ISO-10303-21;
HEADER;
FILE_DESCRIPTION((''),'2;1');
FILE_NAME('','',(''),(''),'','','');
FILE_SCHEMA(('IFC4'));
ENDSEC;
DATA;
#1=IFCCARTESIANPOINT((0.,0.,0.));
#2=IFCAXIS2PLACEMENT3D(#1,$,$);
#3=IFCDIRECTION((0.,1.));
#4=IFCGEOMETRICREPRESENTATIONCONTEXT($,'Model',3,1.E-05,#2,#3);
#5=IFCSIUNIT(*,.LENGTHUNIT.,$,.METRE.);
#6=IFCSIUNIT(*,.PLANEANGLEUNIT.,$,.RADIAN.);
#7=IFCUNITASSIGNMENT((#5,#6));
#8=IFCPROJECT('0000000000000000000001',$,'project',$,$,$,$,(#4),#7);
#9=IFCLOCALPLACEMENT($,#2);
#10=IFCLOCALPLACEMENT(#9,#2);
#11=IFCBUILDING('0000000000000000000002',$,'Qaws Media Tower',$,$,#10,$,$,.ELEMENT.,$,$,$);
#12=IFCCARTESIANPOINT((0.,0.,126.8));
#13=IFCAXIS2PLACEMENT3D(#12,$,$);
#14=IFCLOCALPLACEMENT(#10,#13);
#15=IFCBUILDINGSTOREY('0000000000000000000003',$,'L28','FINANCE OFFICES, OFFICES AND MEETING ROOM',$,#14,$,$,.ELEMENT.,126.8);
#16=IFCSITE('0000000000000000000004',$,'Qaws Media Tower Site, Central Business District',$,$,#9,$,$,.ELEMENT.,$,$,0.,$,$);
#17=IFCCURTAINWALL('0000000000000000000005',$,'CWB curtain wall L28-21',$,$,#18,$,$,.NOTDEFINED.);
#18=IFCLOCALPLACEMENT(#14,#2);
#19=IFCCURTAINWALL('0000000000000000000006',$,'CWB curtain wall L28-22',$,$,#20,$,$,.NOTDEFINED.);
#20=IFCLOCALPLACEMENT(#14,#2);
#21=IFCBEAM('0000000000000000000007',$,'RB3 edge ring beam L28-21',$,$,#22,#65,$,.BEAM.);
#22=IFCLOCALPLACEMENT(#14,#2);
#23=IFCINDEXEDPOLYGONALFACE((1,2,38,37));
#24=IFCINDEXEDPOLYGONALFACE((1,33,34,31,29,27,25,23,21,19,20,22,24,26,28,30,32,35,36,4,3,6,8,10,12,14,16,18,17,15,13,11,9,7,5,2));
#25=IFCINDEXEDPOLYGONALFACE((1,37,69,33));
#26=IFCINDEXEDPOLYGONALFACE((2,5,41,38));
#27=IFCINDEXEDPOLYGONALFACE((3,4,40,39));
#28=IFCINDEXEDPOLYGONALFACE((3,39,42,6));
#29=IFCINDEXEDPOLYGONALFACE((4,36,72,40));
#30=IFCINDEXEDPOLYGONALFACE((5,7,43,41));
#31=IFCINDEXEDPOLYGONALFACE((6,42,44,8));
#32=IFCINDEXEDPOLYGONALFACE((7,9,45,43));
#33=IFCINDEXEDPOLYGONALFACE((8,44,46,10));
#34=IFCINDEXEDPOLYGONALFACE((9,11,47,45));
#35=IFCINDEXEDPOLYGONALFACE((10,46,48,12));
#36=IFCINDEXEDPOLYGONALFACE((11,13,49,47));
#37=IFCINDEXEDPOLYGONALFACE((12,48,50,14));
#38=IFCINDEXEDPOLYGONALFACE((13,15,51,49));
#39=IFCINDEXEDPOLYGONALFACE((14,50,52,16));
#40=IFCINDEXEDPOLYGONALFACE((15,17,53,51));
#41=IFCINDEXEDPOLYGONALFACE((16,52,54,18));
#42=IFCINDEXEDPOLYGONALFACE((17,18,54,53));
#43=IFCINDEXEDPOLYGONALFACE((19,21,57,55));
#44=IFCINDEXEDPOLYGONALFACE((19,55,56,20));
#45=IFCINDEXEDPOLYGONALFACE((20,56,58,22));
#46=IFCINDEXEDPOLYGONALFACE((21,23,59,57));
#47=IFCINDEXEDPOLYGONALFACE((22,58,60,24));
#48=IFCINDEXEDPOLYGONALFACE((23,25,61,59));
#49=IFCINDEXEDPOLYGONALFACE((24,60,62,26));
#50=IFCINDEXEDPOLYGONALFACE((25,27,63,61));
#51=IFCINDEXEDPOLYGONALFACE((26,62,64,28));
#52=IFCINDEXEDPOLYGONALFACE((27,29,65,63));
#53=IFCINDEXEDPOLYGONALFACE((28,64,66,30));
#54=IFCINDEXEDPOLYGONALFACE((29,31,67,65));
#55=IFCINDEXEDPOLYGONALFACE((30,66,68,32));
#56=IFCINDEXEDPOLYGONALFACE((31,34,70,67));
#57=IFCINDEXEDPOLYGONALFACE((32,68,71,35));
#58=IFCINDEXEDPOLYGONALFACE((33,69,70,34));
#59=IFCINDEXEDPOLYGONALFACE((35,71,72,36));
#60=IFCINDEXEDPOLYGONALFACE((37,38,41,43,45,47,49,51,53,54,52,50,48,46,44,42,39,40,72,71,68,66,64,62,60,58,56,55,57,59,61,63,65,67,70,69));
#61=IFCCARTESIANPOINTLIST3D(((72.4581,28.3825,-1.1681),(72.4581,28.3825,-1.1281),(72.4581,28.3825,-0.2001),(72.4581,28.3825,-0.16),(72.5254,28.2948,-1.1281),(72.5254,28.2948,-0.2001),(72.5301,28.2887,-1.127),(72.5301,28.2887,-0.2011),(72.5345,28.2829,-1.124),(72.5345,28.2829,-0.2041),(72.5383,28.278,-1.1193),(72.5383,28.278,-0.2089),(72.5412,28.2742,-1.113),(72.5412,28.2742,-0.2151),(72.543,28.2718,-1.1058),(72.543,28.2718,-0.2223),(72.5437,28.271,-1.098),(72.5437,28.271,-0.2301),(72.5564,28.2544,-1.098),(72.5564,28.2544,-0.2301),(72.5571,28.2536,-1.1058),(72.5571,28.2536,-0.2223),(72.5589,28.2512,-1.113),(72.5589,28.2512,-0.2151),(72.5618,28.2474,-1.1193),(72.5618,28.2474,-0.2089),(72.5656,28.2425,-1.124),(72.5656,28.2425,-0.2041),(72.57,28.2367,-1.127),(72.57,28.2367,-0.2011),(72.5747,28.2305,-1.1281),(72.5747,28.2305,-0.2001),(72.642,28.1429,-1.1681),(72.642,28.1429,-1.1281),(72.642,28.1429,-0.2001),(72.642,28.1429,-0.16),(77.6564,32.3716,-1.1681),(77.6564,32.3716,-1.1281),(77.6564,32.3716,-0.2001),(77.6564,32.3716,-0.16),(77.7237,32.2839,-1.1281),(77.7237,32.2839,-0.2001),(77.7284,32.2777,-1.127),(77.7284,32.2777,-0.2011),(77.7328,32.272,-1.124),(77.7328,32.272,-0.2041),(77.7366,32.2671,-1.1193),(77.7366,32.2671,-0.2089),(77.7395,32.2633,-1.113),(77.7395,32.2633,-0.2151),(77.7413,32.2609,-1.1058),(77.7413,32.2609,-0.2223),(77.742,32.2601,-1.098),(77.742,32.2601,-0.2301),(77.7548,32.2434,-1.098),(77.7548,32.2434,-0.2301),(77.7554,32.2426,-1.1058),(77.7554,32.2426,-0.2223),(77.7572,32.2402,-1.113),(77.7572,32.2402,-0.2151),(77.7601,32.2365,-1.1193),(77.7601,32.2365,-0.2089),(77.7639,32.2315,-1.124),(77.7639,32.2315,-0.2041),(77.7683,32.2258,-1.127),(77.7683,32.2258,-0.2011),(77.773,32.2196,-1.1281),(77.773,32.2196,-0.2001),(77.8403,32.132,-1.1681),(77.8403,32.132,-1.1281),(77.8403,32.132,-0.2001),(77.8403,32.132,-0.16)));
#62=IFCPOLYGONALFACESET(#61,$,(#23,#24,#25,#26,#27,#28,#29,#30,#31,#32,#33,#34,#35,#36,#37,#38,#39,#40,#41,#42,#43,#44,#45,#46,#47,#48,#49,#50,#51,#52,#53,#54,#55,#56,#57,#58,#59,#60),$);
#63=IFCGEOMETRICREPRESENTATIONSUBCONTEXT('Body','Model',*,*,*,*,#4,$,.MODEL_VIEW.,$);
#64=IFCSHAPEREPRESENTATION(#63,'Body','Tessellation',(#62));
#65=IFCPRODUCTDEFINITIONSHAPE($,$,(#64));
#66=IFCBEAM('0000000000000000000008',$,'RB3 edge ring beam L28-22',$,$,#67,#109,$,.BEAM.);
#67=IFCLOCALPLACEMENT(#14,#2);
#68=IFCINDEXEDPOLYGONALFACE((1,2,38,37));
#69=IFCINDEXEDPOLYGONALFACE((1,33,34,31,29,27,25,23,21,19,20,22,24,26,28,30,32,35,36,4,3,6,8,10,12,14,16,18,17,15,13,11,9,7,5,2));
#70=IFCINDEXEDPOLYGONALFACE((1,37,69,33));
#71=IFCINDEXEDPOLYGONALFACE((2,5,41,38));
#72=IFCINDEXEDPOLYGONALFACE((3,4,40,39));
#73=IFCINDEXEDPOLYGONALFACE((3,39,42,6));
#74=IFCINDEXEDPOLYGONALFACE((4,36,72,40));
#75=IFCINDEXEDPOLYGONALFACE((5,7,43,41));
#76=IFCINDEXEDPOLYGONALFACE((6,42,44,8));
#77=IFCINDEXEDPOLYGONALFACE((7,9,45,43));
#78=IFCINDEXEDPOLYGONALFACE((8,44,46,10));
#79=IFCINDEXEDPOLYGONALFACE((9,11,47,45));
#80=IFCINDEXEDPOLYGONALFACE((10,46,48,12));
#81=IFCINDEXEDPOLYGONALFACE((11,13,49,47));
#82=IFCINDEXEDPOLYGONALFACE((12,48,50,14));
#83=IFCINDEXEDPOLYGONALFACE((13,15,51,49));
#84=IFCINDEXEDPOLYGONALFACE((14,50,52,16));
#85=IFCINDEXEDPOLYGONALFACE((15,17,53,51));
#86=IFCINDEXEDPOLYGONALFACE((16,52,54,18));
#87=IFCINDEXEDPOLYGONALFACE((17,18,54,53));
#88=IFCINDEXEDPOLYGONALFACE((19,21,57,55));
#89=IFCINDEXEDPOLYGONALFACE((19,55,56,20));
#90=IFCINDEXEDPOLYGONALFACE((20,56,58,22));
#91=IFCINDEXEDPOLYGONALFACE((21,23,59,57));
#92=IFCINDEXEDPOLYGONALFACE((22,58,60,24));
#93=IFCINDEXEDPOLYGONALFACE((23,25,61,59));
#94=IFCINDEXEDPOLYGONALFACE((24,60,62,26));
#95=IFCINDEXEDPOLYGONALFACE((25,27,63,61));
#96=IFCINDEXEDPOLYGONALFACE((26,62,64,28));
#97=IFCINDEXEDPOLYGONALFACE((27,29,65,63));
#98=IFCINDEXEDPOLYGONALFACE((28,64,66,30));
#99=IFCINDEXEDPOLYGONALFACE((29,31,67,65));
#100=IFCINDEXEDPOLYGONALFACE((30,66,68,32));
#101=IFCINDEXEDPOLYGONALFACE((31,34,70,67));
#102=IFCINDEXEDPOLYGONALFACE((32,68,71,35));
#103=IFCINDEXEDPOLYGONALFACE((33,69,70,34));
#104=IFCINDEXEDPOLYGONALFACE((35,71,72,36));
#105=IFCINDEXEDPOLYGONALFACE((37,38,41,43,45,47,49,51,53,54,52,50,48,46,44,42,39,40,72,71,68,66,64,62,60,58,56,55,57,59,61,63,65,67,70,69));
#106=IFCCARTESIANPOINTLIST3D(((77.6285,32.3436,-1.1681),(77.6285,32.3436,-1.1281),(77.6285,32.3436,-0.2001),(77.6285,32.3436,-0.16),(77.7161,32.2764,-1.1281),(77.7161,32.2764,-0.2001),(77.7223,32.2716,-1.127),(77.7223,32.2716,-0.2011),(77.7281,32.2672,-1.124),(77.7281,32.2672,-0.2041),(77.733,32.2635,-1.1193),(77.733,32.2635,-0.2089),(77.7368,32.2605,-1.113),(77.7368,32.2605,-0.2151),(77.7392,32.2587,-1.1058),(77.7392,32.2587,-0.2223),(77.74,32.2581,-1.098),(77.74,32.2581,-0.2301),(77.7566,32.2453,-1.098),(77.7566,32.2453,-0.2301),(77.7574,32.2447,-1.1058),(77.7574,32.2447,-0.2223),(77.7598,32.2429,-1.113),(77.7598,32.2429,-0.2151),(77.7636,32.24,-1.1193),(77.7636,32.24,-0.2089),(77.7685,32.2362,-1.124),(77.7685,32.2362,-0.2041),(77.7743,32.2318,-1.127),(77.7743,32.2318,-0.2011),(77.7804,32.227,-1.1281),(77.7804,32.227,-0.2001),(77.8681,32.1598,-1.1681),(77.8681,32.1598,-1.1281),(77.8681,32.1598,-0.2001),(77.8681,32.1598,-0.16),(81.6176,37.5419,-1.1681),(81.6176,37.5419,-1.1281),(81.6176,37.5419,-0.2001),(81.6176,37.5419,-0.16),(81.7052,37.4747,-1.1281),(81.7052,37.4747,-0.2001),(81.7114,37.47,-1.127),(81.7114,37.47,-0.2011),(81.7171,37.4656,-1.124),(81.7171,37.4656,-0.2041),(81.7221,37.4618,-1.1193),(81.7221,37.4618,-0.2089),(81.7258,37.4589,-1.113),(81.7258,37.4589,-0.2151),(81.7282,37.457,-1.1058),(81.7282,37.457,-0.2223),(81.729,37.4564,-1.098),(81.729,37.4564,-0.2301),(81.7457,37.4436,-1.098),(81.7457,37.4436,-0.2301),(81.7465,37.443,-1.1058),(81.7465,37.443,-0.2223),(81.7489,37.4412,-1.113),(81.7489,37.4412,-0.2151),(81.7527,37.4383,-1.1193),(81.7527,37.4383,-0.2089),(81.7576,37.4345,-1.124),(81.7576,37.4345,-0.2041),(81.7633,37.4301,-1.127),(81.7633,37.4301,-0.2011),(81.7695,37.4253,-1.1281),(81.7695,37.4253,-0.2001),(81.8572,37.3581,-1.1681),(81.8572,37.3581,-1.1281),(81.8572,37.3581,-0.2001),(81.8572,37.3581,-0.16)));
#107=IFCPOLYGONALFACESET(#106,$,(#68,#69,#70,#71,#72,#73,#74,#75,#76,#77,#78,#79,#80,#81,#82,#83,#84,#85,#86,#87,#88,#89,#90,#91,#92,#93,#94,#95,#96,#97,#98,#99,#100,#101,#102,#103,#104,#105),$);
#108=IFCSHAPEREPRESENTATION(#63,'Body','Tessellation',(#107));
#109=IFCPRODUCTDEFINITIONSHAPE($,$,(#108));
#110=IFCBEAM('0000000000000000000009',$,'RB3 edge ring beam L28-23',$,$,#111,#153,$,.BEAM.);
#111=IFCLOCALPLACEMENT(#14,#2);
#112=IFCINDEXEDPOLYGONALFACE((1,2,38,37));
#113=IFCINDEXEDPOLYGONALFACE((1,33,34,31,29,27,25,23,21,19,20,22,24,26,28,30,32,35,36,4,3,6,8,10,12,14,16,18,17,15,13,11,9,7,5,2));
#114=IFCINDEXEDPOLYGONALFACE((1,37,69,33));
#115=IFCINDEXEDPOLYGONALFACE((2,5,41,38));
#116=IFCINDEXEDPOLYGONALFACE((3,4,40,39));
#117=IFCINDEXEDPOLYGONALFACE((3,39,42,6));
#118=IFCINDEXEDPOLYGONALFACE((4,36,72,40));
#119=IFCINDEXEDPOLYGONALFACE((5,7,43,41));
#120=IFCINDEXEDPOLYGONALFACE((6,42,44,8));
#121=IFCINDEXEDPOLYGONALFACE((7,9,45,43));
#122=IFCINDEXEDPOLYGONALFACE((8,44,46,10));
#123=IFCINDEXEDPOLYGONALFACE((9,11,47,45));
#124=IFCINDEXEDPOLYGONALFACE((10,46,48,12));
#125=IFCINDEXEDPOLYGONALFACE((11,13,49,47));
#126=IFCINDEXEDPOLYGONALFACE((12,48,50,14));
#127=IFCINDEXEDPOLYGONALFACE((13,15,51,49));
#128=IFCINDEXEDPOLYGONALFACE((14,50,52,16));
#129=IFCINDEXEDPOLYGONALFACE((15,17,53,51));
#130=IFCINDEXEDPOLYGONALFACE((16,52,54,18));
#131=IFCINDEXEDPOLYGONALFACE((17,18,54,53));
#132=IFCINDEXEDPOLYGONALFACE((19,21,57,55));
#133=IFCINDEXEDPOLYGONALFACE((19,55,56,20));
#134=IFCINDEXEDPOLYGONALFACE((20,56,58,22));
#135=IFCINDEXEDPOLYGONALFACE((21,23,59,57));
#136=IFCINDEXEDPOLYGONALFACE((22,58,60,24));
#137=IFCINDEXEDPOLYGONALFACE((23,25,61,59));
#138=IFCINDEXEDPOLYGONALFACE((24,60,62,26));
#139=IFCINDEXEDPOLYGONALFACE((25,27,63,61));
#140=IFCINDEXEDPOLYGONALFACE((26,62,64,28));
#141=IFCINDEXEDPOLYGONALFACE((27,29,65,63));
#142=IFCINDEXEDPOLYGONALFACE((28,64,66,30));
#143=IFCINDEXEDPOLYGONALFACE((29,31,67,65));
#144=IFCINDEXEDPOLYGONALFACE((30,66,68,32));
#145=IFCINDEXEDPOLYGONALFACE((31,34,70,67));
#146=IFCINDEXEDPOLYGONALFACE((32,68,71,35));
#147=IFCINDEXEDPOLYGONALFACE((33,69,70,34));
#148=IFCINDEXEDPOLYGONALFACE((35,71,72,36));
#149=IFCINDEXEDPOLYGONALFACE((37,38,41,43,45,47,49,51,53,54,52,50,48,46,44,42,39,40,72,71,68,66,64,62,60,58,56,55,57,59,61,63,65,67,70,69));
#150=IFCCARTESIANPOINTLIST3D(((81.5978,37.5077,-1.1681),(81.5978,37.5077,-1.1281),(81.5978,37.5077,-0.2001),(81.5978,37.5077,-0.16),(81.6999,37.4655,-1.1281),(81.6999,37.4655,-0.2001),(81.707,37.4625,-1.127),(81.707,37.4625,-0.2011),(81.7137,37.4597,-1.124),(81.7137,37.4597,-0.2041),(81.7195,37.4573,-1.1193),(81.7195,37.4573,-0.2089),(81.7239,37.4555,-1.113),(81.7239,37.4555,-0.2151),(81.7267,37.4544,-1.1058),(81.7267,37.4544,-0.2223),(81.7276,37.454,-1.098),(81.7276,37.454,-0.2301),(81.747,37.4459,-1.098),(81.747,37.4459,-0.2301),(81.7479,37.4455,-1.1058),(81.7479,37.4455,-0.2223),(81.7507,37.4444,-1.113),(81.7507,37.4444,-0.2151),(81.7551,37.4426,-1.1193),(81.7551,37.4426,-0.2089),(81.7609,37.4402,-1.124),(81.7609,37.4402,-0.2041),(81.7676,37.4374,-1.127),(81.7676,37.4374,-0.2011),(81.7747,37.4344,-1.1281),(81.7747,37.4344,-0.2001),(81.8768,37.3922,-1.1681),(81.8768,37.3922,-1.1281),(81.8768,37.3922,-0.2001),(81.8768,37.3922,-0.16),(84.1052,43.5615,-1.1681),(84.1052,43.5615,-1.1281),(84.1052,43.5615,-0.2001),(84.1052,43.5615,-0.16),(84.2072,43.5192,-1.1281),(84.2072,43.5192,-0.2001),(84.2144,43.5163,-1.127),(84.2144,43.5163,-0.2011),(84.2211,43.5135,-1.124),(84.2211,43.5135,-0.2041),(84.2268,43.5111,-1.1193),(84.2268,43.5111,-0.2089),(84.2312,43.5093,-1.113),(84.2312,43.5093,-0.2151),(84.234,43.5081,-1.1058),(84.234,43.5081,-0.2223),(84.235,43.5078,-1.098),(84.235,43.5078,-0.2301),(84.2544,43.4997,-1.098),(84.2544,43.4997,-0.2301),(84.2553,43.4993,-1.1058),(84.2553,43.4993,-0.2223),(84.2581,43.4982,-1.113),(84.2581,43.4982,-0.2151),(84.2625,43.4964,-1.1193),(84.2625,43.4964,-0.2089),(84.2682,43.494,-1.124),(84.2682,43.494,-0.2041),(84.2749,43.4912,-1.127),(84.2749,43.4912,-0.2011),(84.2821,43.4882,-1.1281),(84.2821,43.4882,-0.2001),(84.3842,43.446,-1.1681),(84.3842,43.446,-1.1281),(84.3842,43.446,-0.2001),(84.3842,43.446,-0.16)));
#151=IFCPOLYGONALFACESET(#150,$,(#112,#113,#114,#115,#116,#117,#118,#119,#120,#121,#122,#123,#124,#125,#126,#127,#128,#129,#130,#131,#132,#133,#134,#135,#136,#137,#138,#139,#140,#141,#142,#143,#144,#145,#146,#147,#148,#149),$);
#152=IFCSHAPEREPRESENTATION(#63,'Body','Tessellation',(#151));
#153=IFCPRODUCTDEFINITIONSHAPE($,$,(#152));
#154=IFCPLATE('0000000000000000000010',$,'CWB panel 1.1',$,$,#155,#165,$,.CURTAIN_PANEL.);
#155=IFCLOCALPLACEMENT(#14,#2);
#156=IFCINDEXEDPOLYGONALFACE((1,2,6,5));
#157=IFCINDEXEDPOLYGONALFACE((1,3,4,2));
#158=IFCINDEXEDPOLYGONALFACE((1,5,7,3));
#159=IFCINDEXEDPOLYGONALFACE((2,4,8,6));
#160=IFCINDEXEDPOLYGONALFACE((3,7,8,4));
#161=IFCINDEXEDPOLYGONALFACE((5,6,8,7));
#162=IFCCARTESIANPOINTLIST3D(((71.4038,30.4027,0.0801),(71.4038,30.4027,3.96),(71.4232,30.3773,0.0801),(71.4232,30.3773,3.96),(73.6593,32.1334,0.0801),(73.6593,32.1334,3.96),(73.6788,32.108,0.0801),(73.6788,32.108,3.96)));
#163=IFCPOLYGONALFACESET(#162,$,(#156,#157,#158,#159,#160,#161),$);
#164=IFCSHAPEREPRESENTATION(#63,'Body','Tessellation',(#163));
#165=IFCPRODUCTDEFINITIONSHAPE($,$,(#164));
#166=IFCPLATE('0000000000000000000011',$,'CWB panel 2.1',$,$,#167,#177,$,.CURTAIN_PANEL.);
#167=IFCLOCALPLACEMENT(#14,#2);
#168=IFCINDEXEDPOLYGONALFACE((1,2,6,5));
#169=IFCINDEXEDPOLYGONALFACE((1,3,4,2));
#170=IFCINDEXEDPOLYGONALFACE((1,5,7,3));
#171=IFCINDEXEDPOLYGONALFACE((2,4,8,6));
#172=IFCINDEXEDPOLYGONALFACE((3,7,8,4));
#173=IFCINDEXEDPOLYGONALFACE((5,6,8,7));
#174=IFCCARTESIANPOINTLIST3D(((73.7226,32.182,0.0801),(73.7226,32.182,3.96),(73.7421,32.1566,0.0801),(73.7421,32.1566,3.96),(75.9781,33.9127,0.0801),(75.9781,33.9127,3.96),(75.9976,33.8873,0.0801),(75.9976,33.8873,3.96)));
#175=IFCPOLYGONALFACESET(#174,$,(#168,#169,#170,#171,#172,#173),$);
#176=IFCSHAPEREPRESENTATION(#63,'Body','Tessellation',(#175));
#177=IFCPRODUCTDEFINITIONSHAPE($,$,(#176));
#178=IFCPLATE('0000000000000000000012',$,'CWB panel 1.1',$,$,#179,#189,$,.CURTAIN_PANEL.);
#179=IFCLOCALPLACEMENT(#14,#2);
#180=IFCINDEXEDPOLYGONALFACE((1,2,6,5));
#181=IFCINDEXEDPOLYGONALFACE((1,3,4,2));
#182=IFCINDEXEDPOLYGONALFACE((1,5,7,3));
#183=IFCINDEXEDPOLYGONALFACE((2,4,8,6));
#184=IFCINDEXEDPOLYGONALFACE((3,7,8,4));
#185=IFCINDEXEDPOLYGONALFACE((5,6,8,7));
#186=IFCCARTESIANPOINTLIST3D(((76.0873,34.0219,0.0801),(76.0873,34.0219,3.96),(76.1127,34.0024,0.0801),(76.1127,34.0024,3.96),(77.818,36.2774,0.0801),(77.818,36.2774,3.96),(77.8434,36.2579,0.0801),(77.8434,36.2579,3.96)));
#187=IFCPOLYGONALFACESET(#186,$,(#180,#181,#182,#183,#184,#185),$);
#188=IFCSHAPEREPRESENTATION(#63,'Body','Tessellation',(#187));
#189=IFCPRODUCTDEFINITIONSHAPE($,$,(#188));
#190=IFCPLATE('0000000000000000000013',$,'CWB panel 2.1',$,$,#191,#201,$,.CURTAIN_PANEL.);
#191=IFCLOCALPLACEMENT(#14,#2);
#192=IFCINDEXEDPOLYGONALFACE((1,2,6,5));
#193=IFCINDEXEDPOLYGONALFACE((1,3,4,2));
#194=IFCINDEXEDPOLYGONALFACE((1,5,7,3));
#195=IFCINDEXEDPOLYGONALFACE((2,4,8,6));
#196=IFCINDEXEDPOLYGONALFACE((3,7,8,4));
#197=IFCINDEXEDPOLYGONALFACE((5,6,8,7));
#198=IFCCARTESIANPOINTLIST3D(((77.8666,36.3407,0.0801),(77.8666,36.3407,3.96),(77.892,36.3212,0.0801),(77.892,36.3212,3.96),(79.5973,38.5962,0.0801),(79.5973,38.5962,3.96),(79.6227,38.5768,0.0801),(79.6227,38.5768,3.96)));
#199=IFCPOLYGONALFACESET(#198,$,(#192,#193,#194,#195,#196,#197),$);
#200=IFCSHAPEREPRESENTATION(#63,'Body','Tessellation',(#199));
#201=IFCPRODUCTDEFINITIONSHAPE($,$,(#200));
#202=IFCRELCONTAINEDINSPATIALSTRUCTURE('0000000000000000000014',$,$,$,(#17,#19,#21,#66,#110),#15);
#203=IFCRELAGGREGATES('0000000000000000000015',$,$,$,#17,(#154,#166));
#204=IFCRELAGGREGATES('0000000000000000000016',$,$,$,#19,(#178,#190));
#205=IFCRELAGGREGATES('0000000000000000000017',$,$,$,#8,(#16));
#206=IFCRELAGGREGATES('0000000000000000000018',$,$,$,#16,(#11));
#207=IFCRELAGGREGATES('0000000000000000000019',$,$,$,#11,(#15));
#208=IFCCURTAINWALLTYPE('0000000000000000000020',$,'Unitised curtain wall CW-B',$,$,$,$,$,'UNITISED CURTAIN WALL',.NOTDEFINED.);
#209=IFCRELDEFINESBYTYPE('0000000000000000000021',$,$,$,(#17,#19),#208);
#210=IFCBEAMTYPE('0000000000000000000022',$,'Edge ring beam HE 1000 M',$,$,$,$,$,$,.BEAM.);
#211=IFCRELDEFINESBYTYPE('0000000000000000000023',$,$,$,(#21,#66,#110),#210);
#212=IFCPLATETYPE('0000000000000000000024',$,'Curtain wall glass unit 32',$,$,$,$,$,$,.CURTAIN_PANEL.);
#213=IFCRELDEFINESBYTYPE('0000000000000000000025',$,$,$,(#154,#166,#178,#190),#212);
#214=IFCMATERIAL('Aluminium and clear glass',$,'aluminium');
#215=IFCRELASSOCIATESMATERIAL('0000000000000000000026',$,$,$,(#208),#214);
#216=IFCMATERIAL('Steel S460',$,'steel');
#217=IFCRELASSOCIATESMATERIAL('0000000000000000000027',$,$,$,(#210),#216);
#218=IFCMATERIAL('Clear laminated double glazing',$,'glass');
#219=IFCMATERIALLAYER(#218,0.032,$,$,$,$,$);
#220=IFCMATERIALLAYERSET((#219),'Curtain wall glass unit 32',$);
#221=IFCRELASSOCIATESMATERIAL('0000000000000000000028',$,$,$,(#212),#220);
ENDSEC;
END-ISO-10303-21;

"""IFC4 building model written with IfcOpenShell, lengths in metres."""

from ifc_helpers import new_model, si_unit, direction, frame, origin, origin_2d, place, context, subcontext, project, spatial, rectangle, i_section, extrude, material, layer, layer_set, material_profile, profile_set, type_object, element, aggregate, save


model = new_model("IFC4")

# Units and contexts
model_context = context("Model", 3, precision=1e-05, world=origin(), true_north=direction((0.0, 1.0)))
body_context = subcontext(model_context, "Body", "Model", "MODEL_VIEW")
ifc_project = project(units=[si_unit("LENGTHUNIT", "METRE"), si_unit("PLANEANGLEUNIT", "RADIAN")], contexts=[model_context])

# Site, building, storey
site_placement = place(None, origin())
site = spatial("IfcSite", under=ifc_project, at=site_placement, Name="Qaws Media Tower Site, Central Business District", CompositionType="ELEMENT", RefElevation=0.0)
building_placement = place(site_placement, origin())
building = spatial("IfcBuilding", under=site, at=building_placement, Name="Qaws Media Tower", CompositionType="ELEMENT")
storey_placement = place(building_placement, frame((0.0, 0.0, 126.8)))
storey = spatial("IfcBuildingStorey", under=building, at=storey_placement, Name="L28", Description="FINANCE OFFICES, OFFICES AND MEETING ROOM", CompositionType="ELEMENT", Elevation=126.8)

# Curtain walls
ifc_material_1 = material(Name="Aluminium and clear glass", Category="aluminium")
curtain_wall_type = type_object("IfcCurtainWallType", Name="Unitised curtain wall CW-B", ElementType="UNITISED CURTAIN WALL", PredefinedType="NOTDEFINED", material=ifc_material_1)
curtain_wall_1_placement = place(storey_placement, origin())
curtain_wall_1 = element("IfcCurtainWall", 1, at=curtain_wall_1_placement, inside=storey, type_object=curtain_wall_type, Name="CWB curtain wall L28-21", PredefinedType="NOTDEFINED")
curtain_wall_2_placement = place(storey_placement, origin())
curtain_wall_2 = element("IfcCurtainWall", 2, at=curtain_wall_2_placement, inside=storey, type_object=curtain_wall_type, Name="CWB curtain wall L28-22", PredefinedType="NOTDEFINED")

# Beams
ifc_material_2 = material(Name="Steel S460", Category="steel")
ifc_material_profile_1 = material_profile(ifc_material_2, i_section(OverallWidth=0.302, OverallDepth=1.0081, WebThickness=0.021, FlangeThickness=0.04, FilletRadius=0.03, at=origin_2d()), Name="HE 1000 M")
ifc_profile_set_1 = profile_set([ifc_material_profile_1], Name="Steel S460")
beam_type = type_object("IfcBeamType", Name="Edge ring beam HE 1000 M", PredefinedType="BEAM", material=ifc_profile_set_1)
for number, where, z_axis, x_axis, name in (
    (3, (72.55, 28.2627, -0.6641), (0.793334, 0.608787, 0.0), (-0.608787, 0.793334, 0.0), "RB3 edge ring beam L28-21"),
    (4, (77.7483, 32.2517, -0.6641), (0.608787, 0.793334, 0.0), (-0.793334, 0.608787, 0.0), "RB3 edge ring beam L28-22"),
    (5, (81.7373, 37.45, -0.6641), (0.382657, 0.923891, 0.0), (-0.923891, 0.382657, 0.0), "RB3 edge ring beam L28-23"),
):
    element("IfcBeam", number, at=place(storey_placement, frame(where, z_axis=z_axis, x_axis=x_axis)), inside=storey, type_object=beam_type, Name=name, PredefinedType="BEAM", context=body_context, shape_type="SweptSolid", body=[
        extrude(i_section(OverallWidth=0.302, OverallDepth=1.0081, WebThickness=0.021, FlangeThickness=0.04, FilletRadius=0.03, at=origin_2d()), origin(), (0.0, 0.0, 1.0), 6.5525),
    ])

# Plates
ifc_material_3 = material(Name="Clear laminated double glazing", Category="glass")
ifc_layer_1 = layer(ifc_material_3, 0.032)
ifc_layer_set_1 = layer_set([ifc_layer_1], Name="Curtain wall glass unit 32")
plate_type_1 = type_object("IfcPlateType", Name="Curtain wall glass unit 32", PredefinedType="CURTAIN_PANEL", material=ifc_layer_set_1)
plate_1_placement = place(storey_placement, frame((72.5413, 31.2554, 0.0801), z_axis=(0.0, 0.0, 1.0), x_axis=(0.793353, 0.608761, 0.0)))
plate_1 = element("IfcPlate", 6, at=plate_1_placement, type_object=plate_type_1, Name="CWB panel 1.1", PredefinedType="CURTAIN_PANEL", context=body_context, shape_type="SweptSolid", body=[
    extrude(rectangle(XDim=2.843, YDim=0.032, at=origin_2d()), origin(), (0.0, 0.0, 1.0), 3.8799),
])
plate_2_placement = place(storey_placement, frame((74.8601, 33.0347, 0.0801), z_axis=(0.0, 0.0, 1.0), x_axis=(0.793353, 0.608761, 0.0)))
plate_2 = element("IfcPlate", 7, at=plate_2_placement, type_object=plate_type_1, Name="CWB panel 2.1", PredefinedType="CURTAIN_PANEL", context=body_context, shape_type="SweptSolid", body=[
    extrude(rectangle(XDim=2.843, YDim=0.032, at=origin_2d()), origin(), (0.0, 0.0, 1.0), 3.8799),
])
aggregate(curtain_wall_1, [plate_1, plate_2])
plate_3_placement = place(storey_placement, frame((76.9653, 35.1399, 0.0801), z_axis=(0.0, 0.0, 1.0), x_axis=(0.608761, 0.793353, 0.0)))
plate_3 = element("IfcPlate", 8, at=plate_3_placement, type_object=plate_type_1, Name="CWB panel 1.1", PredefinedType="CURTAIN_PANEL", context=body_context, shape_type="SweptSolid", body=[
    extrude(rectangle(XDim=2.843, YDim=0.032, at=origin_2d()), origin(), (0.0, 0.0, 1.0), 3.8799),
])
plate_4_placement = place(storey_placement, frame((78.7446, 37.4587, 0.0801), z_axis=(0.0, 0.0, 1.0), x_axis=(0.608761, 0.793353, 0.0)))
plate_4 = element("IfcPlate", 9, at=plate_4_placement, type_object=plate_type_1, Name="CWB panel 2.1", PredefinedType="CURTAIN_PANEL", context=body_context, shape_type="SweptSolid", body=[
    extrude(rectangle(XDim=2.843, YDim=0.032, at=origin_2d()), origin(), (0.0, 0.0, 1.0), 3.8799),
])
aggregate(curtain_wall_2, [plate_3, plate_4])

save(model, "model.ifc")
